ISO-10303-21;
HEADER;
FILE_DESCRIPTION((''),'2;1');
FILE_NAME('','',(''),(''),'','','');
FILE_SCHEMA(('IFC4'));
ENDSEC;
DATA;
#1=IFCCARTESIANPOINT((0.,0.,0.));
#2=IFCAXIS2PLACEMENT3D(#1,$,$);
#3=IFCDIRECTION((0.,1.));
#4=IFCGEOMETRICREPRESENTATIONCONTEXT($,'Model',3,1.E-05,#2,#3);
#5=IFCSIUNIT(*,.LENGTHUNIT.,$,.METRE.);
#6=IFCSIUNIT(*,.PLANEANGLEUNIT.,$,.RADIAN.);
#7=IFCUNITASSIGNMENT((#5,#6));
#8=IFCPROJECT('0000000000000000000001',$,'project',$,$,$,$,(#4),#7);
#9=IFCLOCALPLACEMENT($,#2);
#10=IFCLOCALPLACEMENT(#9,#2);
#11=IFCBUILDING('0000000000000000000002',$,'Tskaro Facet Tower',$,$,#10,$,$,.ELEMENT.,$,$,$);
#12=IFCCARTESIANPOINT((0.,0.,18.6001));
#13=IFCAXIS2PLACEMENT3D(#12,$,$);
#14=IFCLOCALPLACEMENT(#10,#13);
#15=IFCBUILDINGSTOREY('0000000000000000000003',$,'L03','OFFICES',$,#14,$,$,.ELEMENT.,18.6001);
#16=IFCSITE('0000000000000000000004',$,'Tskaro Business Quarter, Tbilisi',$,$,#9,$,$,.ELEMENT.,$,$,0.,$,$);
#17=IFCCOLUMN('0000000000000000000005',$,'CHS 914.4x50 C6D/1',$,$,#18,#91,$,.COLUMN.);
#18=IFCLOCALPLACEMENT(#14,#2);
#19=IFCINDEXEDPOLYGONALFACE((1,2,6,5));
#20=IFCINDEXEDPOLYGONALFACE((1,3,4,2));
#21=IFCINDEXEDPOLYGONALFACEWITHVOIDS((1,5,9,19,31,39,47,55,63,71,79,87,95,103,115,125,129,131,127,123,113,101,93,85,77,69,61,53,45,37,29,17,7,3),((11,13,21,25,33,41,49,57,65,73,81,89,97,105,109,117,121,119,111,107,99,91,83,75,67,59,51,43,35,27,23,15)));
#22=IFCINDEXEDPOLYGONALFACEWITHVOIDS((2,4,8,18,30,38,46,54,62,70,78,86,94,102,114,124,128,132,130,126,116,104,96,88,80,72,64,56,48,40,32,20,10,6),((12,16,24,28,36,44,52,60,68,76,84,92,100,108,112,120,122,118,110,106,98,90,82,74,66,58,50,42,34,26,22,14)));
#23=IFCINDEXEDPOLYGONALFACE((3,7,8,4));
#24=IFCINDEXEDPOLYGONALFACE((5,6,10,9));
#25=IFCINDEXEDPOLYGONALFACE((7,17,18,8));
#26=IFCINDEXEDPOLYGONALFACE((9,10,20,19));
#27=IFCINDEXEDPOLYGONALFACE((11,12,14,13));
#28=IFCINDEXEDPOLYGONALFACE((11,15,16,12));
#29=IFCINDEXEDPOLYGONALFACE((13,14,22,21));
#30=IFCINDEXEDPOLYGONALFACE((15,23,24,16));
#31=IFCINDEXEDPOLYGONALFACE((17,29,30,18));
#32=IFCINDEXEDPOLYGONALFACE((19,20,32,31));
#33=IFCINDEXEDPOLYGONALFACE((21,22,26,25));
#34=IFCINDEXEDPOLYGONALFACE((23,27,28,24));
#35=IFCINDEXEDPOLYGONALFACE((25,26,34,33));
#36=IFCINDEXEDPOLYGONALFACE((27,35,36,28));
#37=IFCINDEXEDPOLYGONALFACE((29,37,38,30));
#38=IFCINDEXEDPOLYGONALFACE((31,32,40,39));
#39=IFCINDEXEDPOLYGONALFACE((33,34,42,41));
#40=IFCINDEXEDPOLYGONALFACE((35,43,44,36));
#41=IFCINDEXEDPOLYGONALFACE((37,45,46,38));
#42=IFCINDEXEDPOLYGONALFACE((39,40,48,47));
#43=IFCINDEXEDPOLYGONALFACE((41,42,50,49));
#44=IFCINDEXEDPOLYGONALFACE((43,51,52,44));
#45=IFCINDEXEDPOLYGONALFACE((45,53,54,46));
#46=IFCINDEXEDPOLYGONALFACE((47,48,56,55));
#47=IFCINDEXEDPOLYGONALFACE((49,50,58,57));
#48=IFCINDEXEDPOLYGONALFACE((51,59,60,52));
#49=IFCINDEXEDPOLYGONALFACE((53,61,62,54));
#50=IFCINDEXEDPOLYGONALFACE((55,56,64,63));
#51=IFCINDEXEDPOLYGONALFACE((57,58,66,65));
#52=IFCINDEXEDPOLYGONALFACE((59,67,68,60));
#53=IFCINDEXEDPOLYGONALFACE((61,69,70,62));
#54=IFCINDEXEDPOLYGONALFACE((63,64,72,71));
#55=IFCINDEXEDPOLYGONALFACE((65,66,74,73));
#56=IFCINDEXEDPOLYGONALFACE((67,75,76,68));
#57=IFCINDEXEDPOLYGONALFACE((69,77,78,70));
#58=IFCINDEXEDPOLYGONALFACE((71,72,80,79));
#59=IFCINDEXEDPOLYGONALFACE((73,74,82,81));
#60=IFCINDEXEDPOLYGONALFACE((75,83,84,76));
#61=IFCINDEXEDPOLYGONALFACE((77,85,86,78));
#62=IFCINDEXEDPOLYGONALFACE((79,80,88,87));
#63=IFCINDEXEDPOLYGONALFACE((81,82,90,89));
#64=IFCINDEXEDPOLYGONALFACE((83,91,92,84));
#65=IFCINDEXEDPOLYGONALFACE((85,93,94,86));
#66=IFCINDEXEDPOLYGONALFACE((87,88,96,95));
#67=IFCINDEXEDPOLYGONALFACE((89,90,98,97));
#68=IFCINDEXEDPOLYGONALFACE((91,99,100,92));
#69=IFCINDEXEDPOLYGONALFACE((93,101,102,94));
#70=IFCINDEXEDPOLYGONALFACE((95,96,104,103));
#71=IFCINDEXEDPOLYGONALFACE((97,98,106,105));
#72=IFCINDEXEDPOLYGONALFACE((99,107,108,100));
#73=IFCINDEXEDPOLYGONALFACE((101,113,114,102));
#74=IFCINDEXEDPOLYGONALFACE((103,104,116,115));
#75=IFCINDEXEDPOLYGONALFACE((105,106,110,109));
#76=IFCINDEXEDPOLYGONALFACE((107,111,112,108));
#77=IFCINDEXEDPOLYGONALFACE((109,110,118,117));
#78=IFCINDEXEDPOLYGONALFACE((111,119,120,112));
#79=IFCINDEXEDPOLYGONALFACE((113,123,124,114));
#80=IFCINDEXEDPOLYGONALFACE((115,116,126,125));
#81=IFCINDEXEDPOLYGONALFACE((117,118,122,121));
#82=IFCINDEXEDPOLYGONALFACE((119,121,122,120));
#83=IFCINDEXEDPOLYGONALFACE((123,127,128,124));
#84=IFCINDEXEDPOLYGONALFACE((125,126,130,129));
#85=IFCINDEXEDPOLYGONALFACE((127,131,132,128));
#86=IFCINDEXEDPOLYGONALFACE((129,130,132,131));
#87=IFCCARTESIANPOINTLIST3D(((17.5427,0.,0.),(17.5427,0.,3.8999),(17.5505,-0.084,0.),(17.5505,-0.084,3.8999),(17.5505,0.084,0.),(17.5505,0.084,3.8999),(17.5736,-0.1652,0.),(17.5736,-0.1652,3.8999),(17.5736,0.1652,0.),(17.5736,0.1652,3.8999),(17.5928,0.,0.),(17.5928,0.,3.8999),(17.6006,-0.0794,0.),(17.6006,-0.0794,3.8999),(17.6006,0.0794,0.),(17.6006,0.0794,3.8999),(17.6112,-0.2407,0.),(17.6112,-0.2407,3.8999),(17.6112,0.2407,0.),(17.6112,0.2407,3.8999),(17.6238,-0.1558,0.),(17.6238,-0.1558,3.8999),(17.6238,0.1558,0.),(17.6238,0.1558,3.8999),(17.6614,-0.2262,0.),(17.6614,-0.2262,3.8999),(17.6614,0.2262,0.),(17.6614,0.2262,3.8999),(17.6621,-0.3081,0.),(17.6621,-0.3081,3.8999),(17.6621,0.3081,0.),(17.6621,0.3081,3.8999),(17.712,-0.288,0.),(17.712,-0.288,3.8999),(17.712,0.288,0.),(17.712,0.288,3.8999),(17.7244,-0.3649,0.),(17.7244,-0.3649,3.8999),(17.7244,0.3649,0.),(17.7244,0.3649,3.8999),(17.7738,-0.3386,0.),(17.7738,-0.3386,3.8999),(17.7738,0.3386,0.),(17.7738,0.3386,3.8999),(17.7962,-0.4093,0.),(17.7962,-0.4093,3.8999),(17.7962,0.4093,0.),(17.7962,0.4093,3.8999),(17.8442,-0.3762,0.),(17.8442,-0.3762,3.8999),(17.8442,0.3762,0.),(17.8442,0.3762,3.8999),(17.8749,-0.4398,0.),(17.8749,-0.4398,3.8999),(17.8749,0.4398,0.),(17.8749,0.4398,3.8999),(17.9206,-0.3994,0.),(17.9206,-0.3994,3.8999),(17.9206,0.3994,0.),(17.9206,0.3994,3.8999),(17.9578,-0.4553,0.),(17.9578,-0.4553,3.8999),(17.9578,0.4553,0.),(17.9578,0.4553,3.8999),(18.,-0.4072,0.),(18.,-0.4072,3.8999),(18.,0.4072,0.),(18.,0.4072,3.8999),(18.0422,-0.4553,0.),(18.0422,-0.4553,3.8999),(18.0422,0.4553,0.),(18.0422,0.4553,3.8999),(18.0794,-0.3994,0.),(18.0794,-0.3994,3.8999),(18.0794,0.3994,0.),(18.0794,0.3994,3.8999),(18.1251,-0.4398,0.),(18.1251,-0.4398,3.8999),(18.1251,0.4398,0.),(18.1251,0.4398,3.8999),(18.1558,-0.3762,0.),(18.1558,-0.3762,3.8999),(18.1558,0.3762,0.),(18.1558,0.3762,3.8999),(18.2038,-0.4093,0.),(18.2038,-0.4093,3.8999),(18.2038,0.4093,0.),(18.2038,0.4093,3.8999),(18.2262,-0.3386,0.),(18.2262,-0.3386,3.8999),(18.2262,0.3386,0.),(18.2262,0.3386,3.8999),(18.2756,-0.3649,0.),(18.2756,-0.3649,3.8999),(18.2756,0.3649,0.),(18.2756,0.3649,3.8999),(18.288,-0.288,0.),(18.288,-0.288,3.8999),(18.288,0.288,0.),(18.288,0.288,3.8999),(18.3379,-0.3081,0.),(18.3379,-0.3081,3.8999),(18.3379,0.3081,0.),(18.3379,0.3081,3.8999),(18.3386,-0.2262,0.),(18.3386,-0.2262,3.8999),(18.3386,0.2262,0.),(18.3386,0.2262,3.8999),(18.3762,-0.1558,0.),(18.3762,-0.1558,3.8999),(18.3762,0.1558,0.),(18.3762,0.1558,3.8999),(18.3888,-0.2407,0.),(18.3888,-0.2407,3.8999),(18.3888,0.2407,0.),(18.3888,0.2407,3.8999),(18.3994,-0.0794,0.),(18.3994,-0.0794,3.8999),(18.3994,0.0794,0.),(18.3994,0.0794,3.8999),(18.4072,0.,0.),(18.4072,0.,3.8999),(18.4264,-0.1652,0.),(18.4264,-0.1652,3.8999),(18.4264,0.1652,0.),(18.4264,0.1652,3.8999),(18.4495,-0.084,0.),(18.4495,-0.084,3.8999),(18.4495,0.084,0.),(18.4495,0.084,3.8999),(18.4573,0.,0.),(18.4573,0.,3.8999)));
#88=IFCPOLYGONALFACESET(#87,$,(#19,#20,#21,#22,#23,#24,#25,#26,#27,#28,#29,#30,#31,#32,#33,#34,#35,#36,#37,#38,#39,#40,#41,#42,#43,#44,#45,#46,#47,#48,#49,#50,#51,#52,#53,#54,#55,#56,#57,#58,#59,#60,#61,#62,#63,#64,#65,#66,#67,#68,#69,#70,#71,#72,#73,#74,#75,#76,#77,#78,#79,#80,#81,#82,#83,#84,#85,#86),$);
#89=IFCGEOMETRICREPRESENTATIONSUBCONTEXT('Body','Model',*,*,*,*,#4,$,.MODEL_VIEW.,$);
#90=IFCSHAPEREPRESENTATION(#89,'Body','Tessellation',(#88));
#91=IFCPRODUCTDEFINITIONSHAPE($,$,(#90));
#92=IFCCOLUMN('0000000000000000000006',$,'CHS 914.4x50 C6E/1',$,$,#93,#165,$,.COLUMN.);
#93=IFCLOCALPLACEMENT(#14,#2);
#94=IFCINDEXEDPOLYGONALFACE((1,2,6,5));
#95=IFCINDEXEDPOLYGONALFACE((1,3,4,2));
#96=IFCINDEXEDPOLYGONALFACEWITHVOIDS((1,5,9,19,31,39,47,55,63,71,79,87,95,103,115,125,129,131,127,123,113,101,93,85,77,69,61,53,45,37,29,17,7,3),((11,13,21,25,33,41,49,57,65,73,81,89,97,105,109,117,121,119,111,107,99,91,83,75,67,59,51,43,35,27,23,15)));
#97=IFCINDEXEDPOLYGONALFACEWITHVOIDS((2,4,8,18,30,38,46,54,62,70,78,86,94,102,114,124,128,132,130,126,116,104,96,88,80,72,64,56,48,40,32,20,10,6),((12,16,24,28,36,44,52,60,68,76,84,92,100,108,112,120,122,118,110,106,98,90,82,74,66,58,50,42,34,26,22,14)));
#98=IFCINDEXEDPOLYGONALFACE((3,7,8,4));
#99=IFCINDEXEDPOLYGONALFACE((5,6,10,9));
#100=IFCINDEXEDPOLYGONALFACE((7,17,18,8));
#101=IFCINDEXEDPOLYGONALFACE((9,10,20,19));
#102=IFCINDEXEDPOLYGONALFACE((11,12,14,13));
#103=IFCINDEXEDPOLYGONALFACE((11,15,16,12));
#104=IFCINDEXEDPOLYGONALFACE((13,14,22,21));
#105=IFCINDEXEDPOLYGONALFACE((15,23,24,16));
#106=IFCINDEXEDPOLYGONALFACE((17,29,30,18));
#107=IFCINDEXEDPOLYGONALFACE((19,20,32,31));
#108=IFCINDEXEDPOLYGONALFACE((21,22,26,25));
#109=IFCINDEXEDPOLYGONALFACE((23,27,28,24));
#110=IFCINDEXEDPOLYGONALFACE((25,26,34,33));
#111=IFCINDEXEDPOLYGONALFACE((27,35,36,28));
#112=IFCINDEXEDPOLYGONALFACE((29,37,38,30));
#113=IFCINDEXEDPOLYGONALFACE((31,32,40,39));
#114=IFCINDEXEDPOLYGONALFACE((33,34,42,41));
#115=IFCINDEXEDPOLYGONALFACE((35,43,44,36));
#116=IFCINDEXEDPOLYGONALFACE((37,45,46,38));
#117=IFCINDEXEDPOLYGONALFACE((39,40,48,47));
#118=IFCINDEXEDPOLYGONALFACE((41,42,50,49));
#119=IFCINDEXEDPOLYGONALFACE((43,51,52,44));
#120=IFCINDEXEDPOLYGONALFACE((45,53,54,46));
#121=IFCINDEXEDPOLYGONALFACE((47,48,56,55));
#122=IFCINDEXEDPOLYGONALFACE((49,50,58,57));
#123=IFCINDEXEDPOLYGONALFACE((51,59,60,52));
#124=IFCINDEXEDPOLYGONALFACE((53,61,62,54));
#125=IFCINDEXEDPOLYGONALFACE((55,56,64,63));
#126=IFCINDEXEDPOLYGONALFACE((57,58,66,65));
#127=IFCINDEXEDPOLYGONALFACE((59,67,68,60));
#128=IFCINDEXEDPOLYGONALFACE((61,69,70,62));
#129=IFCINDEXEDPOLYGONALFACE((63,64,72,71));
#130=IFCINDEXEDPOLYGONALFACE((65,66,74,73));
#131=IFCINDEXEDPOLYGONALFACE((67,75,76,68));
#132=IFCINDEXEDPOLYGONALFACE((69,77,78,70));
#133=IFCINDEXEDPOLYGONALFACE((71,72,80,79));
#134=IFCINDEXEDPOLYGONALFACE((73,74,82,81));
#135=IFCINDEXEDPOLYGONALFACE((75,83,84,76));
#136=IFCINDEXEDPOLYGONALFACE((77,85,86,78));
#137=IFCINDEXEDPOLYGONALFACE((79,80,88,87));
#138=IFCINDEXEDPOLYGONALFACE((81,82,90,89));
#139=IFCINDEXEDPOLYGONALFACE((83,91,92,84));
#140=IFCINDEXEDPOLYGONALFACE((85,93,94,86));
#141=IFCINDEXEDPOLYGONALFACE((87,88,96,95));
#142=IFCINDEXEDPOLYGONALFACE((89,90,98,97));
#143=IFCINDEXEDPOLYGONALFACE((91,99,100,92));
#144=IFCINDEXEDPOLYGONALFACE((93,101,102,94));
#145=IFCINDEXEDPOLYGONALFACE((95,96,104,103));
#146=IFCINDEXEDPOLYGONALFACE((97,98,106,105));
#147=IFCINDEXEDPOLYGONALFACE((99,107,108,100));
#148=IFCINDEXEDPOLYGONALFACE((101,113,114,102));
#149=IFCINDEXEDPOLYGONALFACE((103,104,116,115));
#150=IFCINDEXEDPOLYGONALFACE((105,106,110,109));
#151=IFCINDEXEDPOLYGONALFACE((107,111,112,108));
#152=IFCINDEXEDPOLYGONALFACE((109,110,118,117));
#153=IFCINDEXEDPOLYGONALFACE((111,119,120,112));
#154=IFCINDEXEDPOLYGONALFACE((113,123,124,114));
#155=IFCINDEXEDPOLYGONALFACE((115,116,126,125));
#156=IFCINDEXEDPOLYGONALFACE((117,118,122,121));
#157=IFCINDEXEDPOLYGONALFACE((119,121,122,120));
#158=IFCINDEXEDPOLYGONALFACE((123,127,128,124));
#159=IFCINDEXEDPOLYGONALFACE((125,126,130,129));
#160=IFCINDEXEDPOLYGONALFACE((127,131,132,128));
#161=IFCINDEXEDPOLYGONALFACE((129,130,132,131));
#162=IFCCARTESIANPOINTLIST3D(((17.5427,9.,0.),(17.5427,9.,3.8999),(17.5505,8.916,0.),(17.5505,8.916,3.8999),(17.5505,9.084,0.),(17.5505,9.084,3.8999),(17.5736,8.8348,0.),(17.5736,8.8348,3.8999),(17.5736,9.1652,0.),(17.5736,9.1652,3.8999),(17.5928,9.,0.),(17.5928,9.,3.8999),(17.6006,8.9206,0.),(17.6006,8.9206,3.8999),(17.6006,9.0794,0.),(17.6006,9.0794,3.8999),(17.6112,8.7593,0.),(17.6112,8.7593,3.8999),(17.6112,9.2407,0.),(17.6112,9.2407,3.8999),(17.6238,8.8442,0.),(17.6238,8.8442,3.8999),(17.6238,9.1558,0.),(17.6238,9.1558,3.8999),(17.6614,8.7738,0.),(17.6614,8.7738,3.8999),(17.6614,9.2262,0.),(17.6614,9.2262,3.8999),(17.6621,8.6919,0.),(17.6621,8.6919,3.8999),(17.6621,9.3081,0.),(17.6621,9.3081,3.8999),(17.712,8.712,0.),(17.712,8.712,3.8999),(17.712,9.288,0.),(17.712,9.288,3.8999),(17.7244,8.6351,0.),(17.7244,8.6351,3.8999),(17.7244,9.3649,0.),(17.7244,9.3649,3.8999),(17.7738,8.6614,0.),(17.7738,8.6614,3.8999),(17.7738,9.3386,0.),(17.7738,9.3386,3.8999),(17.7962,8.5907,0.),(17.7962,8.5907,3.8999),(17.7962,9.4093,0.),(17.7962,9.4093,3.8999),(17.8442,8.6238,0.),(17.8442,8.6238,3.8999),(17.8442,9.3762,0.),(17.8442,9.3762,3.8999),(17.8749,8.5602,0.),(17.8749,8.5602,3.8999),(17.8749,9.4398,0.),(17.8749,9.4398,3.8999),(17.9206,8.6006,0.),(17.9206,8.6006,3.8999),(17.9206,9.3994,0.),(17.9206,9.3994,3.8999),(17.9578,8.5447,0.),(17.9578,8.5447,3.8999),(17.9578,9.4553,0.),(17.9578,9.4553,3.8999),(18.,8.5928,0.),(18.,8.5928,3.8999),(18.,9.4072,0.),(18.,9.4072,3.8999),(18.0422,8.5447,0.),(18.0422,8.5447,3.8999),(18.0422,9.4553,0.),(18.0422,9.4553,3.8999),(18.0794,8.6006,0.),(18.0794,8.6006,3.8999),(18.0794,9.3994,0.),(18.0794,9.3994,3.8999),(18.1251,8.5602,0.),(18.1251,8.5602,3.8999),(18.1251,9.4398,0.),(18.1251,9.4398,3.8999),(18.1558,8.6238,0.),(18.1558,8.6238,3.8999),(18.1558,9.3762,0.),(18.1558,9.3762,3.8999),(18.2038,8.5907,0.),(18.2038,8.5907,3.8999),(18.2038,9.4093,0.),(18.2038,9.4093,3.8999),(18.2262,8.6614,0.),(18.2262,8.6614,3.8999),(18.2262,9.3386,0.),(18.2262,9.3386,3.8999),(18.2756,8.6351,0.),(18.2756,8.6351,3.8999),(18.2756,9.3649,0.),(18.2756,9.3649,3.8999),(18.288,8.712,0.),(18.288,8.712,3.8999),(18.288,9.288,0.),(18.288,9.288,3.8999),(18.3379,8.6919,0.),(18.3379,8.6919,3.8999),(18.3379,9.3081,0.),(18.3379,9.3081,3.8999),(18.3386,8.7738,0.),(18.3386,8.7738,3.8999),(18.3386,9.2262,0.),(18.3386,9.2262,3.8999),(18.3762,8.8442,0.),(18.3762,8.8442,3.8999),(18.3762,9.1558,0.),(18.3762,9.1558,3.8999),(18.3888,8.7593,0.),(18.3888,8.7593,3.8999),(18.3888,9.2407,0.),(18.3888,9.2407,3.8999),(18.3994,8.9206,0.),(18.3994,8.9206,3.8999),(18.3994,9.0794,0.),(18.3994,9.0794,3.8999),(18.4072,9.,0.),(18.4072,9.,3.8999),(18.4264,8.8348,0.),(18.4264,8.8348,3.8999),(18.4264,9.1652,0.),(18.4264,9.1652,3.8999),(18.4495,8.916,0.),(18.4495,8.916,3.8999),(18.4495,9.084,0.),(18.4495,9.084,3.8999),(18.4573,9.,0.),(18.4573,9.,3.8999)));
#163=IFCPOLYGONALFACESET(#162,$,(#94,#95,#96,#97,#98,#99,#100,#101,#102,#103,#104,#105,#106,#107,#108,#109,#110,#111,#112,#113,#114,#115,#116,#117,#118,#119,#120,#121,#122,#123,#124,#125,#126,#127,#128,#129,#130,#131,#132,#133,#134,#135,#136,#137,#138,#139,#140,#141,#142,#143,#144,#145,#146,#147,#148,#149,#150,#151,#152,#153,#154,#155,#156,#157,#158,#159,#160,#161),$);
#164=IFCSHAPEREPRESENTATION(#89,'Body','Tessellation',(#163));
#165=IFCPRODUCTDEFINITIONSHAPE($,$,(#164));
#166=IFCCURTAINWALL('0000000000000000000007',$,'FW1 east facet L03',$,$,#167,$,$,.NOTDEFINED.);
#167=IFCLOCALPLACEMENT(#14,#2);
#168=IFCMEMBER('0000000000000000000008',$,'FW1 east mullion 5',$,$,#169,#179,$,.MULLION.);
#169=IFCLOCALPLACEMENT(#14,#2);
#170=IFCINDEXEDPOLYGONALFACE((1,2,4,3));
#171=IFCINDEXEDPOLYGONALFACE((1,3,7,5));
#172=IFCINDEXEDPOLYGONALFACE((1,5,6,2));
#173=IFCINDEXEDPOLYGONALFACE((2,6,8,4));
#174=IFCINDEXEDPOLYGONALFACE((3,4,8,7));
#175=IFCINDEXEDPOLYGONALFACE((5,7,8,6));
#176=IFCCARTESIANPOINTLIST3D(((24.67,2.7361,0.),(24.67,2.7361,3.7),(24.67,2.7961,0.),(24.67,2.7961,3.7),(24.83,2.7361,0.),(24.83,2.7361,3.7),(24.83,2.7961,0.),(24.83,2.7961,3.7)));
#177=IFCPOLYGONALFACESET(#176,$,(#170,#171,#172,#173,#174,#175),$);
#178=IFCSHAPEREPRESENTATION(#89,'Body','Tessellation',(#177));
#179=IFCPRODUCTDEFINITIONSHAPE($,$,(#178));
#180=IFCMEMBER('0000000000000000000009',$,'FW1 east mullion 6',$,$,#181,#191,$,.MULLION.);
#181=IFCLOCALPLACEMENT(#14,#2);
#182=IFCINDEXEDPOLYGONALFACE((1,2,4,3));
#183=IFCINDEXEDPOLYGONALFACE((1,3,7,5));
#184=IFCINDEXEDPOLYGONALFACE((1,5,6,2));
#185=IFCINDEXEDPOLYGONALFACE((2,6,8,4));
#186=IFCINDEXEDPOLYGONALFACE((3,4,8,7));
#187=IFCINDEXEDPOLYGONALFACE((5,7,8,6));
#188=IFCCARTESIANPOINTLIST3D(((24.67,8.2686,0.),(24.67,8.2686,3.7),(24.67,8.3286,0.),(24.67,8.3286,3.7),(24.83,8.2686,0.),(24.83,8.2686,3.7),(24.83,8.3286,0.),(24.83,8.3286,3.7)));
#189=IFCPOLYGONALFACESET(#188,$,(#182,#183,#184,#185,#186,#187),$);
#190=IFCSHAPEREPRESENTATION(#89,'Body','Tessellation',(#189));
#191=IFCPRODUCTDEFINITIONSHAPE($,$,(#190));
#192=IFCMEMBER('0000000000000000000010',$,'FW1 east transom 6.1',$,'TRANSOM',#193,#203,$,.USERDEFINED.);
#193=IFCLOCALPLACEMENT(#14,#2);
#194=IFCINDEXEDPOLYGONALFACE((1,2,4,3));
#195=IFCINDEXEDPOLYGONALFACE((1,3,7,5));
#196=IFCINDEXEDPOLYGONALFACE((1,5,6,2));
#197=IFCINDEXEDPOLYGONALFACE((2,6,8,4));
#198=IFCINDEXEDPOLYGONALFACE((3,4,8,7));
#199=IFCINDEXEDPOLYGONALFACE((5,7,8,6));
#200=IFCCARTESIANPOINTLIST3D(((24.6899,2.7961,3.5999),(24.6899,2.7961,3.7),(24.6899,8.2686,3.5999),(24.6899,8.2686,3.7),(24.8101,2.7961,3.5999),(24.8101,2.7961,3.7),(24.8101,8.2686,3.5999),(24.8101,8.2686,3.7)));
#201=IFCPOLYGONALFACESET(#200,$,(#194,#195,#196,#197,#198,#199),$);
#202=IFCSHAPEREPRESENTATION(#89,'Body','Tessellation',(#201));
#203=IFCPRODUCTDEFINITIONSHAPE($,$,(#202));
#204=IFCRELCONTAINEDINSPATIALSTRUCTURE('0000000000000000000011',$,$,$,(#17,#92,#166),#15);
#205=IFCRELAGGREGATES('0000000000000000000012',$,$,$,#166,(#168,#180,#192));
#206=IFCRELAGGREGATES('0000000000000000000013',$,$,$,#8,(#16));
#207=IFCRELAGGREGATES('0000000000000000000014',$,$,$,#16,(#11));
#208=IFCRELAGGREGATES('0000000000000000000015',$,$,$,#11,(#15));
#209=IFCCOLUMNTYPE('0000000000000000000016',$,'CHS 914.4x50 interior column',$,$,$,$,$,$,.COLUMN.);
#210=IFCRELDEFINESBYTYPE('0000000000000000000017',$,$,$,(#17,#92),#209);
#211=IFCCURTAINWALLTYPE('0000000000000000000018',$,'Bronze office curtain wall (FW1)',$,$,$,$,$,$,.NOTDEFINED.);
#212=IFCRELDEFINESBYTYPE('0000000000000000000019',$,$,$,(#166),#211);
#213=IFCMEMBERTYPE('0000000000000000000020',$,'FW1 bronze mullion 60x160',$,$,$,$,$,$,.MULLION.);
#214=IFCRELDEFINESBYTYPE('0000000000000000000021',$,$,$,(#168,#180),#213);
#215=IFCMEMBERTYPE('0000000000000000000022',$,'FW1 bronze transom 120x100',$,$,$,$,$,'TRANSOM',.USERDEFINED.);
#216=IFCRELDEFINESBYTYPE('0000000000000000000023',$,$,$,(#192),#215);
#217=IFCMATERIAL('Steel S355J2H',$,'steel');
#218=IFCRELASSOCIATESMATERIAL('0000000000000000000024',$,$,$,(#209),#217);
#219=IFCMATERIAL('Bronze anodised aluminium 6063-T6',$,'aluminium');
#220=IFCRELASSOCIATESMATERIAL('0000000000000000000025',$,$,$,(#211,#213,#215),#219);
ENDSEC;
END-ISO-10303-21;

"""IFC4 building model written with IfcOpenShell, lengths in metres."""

from ifc_helpers import new_model, si_unit, direction, frame, origin, origin_2d, place, context, subcontext, project, spatial, rectangle, hollow_circle, extrude, material, material_profile, profile_set, type_object, element, aggregate, save


model = new_model("IFC4")

# Units and contexts
model_context = context("Model", 3, precision=1e-05, world=origin(), true_north=direction((0.0, 1.0)))
body_context = subcontext(model_context, "Body", "Model", "MODEL_VIEW")
ifc_project = project(units=[si_unit("LENGTHUNIT", "METRE"), si_unit("PLANEANGLEUNIT", "RADIAN")], contexts=[model_context])

# Site, building, storey
site_placement = place(None, origin())
site = spatial("IfcSite", under=ifc_project, at=site_placement, Name="Tskaro Business Quarter, Tbilisi", CompositionType="ELEMENT", RefElevation=0.0)
building_placement = place(site_placement, origin())
building = spatial("IfcBuilding", under=site, at=building_placement, Name="Tskaro Facet Tower", CompositionType="ELEMENT")
storey_placement = place(building_placement, frame((0.0, 0.0, 18.6001)))
storey = spatial("IfcBuildingStorey", under=building, at=storey_placement, Name="L03", Description="OFFICES", CompositionType="ELEMENT", Elevation=18.6001)

# Columns
ifc_material_1 = material(Name="Steel S355J2H", Category="steel")
ifc_material_profile_1 = material_profile(ifc_material_1, hollow_circle(Radius=0.4573, WallThickness=0.05, at=origin_2d()), Name="CHS 914.4x50")
ifc_profile_set_1 = profile_set([ifc_material_profile_1], Name="Steel S355J2H")
column_type_1 = type_object("IfcColumnType", Name="CHS 914.4x50 interior column", PredefinedType="COLUMN", material=ifc_profile_set_1)
for number, where, z_axis, x_axis, name in (
    (1, (18.0, 0.0, 0.0), (0.0, 0.0, 1.0), (1.0, 0.0, 0.0), "CHS 914.4x50 C6D/1"),
    (2, (18.0, 9.0, 0.0), (0.0, 0.0, 1.0), (1.0, 0.0, 0.0), "CHS 914.4x50 C6E/1"),
):
    element("IfcColumn", number, at=place(storey_placement, frame(where, z_axis=z_axis, x_axis=x_axis)), inside=storey, type_object=column_type_1, Name=name, PredefinedType="COLUMN", context=body_context, shape_type="SweptSolid", body=[
        extrude(hollow_circle(Radius=0.4573, WallThickness=0.05, at=origin_2d()), origin(), (0.0, 0.0, 1.0), 3.8999),
    ])

# Curtain wall, members
ifc_material_2 = material(Name="Bronze anodised aluminium 6063-T6", Category="aluminium")
curtain_wall_type = type_object("IfcCurtainWallType", Name="Bronze office curtain wall (FW1)", PredefinedType="NOTDEFINED", material=ifc_material_2)
curtain_wall_placement = place(storey_placement, origin())
curtain_wall = element("IfcCurtainWall", 3, at=curtain_wall_placement, inside=storey, type_object=curtain_wall_type, Name="FW1 east facet L03", PredefinedType="NOTDEFINED")
ifc_material_profile_2 = material_profile(ifc_material_2, rectangle(XDim=0.0601, YDim=0.1599, at=origin_2d()), Name="Mullion 60x160")
ifc_profile_set_2 = profile_set([ifc_material_profile_2], Name="Bronze anodised aluminium 6063-T6")
member_type_1 = type_object("IfcMemberType", Name="FW1 bronze mullion 60x160", PredefinedType="MULLION", material=ifc_profile_set_2)
member_1_placement = place(storey_placement, frame((24.75, 2.7661, 0.0), z_axis=(0.0, 0.0, 1.0), x_axis=(0.0, 1.0, 0.0)))
member_1 = element("IfcMember", 4, at=member_1_placement, type_object=member_type_1, Name="FW1 east mullion 5", PredefinedType="MULLION", context=body_context, shape_type="SweptSolid", body=[
    extrude(rectangle(XDim=0.0601, YDim=0.1599, at=origin_2d()), origin(), (0.0, 0.0, 1.0), 3.7),
])
member_2_placement = place(storey_placement, frame((24.75, 8.2986, 0.0), z_axis=(0.0, 0.0, 1.0), x_axis=(0.0, 1.0, 0.0)))
member_2 = element("IfcMember", 5, at=member_2_placement, type_object=member_type_1, Name="FW1 east mullion 6", PredefinedType="MULLION", context=body_context, shape_type="SweptSolid", body=[
    extrude(rectangle(XDim=0.0601, YDim=0.1599, at=origin_2d()), origin(), (0.0, 0.0, 1.0), 3.7),
])
ifc_material_profile_3 = material_profile(ifc_material_2, rectangle(XDim=0.1201, YDim=0.1001, at=origin_2d()), Name="Transom 120x100")
ifc_profile_set_3 = profile_set([ifc_material_profile_3], Name="Bronze anodised aluminium 6063-T6")
member_type_2 = type_object("IfcMemberType", Name="FW1 bronze transom 120x100", ElementType="TRANSOM", PredefinedType="USERDEFINED", material=ifc_profile_set_3)
member_3_placement = place(storey_placement, frame((24.75, 2.7961, 3.6499), z_axis=(0.0, 1.0, 0.0), x_axis=(-1.0, 0.0, 0.0)))
member_3 = element("IfcMember", 6, at=member_3_placement, type_object=member_type_2, Name="FW1 east transom 6.1", ObjectType="TRANSOM", PredefinedType="USERDEFINED", context=body_context, shape_type="SweptSolid", body=[
    extrude(rectangle(XDim=0.1201, YDim=0.1001, at=origin_2d()), origin(), (0.0, 0.0, 1.0), 5.4724),
])

aggregate(curtain_wall, [member_1, member_2, member_3])

save(model, "model.ifc")
